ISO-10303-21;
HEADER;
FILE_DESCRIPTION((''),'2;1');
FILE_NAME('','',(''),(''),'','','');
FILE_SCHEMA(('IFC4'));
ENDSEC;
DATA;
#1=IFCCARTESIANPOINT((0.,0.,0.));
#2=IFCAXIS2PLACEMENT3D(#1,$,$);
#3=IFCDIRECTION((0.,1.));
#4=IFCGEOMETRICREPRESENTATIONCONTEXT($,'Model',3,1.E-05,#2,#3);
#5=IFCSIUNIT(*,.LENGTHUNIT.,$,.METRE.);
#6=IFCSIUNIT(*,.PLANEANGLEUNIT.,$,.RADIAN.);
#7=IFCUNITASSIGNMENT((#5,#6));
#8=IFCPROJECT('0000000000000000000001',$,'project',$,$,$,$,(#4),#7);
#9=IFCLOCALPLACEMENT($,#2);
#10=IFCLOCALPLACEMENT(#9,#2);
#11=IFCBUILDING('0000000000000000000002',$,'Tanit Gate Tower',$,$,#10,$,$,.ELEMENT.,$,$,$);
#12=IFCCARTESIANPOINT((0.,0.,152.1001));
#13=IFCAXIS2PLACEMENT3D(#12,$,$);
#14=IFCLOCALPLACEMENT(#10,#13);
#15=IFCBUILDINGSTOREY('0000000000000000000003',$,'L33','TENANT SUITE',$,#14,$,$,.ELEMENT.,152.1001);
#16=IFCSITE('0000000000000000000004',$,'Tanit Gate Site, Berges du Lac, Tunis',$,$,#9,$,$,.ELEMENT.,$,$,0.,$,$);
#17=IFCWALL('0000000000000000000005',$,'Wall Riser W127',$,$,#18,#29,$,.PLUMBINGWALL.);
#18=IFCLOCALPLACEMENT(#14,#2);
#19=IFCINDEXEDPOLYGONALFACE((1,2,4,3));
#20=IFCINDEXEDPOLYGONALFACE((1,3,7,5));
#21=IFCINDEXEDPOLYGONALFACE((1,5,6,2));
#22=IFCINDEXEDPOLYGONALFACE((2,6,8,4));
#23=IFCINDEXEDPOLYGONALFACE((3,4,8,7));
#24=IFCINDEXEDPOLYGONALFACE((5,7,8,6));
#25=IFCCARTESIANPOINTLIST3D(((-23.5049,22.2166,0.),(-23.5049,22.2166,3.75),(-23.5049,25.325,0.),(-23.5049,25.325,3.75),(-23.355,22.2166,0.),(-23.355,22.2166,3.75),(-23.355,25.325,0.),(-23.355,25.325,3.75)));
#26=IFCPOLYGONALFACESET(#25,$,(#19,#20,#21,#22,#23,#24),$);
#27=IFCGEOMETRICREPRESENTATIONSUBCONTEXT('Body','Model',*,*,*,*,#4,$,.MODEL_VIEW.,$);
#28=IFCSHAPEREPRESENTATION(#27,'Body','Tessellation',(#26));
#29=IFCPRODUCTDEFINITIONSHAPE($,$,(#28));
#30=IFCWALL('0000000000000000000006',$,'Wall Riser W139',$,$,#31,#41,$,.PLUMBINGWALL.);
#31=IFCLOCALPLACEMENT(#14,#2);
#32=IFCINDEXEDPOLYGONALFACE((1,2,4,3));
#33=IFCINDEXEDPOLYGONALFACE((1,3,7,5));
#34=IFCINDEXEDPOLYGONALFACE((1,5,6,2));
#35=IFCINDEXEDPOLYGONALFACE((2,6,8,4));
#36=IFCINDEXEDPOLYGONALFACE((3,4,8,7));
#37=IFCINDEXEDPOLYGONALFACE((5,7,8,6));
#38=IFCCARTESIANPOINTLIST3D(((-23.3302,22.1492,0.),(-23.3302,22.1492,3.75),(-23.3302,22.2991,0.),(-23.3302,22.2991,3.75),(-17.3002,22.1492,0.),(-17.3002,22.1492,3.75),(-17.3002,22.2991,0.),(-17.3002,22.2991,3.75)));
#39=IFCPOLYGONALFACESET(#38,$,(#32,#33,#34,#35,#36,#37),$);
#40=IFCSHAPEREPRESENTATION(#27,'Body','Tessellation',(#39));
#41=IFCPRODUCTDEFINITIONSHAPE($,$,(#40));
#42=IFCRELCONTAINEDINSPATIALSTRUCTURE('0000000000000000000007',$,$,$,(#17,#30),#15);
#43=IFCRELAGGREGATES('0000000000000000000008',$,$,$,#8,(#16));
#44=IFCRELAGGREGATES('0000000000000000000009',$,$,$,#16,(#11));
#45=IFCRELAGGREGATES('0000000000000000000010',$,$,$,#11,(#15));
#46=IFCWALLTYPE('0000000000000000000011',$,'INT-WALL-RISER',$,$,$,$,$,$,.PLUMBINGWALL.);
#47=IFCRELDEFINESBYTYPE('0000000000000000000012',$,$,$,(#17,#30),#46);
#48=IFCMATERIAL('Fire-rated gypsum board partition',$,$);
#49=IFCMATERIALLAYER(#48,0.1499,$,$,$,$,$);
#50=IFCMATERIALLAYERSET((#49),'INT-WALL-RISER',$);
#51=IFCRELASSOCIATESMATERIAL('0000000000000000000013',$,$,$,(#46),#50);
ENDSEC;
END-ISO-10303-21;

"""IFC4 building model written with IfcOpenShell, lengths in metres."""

from ifc_helpers import new_model, si_unit, direction, frame, frame_2d, origin, place, context, subcontext, project, spatial, rectangle, extrude, material, layer, layer_set, type_object, element, save


model = new_model("IFC4")

# Units and contexts
model_context = context("Model", 3, precision=1e-05, world=origin(), true_north=direction((0.0, 1.0)))
body_context = subcontext(model_context, "Body", "Model", "MODEL_VIEW")
ifc_project = project(units=[si_unit("LENGTHUNIT", "METRE"), si_unit("PLANEANGLEUNIT", "RADIAN")], contexts=[model_context])

# Site, building, storey
site_placement = place(None, origin())
site = spatial("IfcSite", under=ifc_project, at=site_placement, Name="Tanit Gate Site, Berges du Lac, Tunis", CompositionType="ELEMENT", RefElevation=0.0)
building_placement = place(site_placement, origin())
building = spatial("IfcBuilding", under=site, at=building_placement, Name="Tanit Gate Tower", CompositionType="ELEMENT")
storey_placement = place(building_placement, frame((0.0, 0.0, 152.1001)))
storey = spatial("IfcBuildingStorey", under=building, at=storey_placement, Name="L33", Description="TENANT SUITE", CompositionType="ELEMENT", Elevation=152.1001)

# Walls
ifc_material_1 = material(Name="Fire-rated gypsum board partition")
ifc_layer_1 = layer(ifc_material_1, 0.1499)
ifc_layer_set_1 = layer_set([ifc_layer_1], Name="INT-WALL-RISER")
wall_type_1 = type_object("IfcWallType", Name="INT-WALL-RISER", PredefinedType="PLUMBINGWALL", material=ifc_layer_set_1)
wall_1_placement = place(storey_placement, frame((-23.4299, 22.2166, 0.0), z_axis=(0.0, 0.0, 1.0), x_axis=(0.0, 1.0, 0.0)))
element("IfcWall", 1, at=wall_1_placement, inside=storey, type_object=wall_type_1, Name="Wall Riser W127", PredefinedType="PLUMBINGWALL", context=body_context, shape_type="SweptSolid", body=[
    extrude(rectangle(XDim=3.1084, YDim=0.1499, at=frame_2d((1.5542, 0.0))), origin(), (0.0, 0.0, 1.0), 3.75),
])
wall_2_placement = place(storey_placement, frame((-17.3, 22.2241, 0.0), z_axis=(0.0, 0.0, 1.0), x_axis=(-1.0, 0.0, 0.0)))
element("IfcWall", 2, at=wall_2_placement, inside=storey, type_object=wall_type_1, Name="Wall Riser W139", PredefinedType="PLUMBINGWALL", context=body_context, shape_type="SweptSolid", body=[
    extrude(rectangle(XDim=6.03, YDim=0.1499, at=frame_2d((3.0151, 0.0))), origin(), (0.0, 0.0, 1.0), 3.75),
])

save(model, "model.ifc")
